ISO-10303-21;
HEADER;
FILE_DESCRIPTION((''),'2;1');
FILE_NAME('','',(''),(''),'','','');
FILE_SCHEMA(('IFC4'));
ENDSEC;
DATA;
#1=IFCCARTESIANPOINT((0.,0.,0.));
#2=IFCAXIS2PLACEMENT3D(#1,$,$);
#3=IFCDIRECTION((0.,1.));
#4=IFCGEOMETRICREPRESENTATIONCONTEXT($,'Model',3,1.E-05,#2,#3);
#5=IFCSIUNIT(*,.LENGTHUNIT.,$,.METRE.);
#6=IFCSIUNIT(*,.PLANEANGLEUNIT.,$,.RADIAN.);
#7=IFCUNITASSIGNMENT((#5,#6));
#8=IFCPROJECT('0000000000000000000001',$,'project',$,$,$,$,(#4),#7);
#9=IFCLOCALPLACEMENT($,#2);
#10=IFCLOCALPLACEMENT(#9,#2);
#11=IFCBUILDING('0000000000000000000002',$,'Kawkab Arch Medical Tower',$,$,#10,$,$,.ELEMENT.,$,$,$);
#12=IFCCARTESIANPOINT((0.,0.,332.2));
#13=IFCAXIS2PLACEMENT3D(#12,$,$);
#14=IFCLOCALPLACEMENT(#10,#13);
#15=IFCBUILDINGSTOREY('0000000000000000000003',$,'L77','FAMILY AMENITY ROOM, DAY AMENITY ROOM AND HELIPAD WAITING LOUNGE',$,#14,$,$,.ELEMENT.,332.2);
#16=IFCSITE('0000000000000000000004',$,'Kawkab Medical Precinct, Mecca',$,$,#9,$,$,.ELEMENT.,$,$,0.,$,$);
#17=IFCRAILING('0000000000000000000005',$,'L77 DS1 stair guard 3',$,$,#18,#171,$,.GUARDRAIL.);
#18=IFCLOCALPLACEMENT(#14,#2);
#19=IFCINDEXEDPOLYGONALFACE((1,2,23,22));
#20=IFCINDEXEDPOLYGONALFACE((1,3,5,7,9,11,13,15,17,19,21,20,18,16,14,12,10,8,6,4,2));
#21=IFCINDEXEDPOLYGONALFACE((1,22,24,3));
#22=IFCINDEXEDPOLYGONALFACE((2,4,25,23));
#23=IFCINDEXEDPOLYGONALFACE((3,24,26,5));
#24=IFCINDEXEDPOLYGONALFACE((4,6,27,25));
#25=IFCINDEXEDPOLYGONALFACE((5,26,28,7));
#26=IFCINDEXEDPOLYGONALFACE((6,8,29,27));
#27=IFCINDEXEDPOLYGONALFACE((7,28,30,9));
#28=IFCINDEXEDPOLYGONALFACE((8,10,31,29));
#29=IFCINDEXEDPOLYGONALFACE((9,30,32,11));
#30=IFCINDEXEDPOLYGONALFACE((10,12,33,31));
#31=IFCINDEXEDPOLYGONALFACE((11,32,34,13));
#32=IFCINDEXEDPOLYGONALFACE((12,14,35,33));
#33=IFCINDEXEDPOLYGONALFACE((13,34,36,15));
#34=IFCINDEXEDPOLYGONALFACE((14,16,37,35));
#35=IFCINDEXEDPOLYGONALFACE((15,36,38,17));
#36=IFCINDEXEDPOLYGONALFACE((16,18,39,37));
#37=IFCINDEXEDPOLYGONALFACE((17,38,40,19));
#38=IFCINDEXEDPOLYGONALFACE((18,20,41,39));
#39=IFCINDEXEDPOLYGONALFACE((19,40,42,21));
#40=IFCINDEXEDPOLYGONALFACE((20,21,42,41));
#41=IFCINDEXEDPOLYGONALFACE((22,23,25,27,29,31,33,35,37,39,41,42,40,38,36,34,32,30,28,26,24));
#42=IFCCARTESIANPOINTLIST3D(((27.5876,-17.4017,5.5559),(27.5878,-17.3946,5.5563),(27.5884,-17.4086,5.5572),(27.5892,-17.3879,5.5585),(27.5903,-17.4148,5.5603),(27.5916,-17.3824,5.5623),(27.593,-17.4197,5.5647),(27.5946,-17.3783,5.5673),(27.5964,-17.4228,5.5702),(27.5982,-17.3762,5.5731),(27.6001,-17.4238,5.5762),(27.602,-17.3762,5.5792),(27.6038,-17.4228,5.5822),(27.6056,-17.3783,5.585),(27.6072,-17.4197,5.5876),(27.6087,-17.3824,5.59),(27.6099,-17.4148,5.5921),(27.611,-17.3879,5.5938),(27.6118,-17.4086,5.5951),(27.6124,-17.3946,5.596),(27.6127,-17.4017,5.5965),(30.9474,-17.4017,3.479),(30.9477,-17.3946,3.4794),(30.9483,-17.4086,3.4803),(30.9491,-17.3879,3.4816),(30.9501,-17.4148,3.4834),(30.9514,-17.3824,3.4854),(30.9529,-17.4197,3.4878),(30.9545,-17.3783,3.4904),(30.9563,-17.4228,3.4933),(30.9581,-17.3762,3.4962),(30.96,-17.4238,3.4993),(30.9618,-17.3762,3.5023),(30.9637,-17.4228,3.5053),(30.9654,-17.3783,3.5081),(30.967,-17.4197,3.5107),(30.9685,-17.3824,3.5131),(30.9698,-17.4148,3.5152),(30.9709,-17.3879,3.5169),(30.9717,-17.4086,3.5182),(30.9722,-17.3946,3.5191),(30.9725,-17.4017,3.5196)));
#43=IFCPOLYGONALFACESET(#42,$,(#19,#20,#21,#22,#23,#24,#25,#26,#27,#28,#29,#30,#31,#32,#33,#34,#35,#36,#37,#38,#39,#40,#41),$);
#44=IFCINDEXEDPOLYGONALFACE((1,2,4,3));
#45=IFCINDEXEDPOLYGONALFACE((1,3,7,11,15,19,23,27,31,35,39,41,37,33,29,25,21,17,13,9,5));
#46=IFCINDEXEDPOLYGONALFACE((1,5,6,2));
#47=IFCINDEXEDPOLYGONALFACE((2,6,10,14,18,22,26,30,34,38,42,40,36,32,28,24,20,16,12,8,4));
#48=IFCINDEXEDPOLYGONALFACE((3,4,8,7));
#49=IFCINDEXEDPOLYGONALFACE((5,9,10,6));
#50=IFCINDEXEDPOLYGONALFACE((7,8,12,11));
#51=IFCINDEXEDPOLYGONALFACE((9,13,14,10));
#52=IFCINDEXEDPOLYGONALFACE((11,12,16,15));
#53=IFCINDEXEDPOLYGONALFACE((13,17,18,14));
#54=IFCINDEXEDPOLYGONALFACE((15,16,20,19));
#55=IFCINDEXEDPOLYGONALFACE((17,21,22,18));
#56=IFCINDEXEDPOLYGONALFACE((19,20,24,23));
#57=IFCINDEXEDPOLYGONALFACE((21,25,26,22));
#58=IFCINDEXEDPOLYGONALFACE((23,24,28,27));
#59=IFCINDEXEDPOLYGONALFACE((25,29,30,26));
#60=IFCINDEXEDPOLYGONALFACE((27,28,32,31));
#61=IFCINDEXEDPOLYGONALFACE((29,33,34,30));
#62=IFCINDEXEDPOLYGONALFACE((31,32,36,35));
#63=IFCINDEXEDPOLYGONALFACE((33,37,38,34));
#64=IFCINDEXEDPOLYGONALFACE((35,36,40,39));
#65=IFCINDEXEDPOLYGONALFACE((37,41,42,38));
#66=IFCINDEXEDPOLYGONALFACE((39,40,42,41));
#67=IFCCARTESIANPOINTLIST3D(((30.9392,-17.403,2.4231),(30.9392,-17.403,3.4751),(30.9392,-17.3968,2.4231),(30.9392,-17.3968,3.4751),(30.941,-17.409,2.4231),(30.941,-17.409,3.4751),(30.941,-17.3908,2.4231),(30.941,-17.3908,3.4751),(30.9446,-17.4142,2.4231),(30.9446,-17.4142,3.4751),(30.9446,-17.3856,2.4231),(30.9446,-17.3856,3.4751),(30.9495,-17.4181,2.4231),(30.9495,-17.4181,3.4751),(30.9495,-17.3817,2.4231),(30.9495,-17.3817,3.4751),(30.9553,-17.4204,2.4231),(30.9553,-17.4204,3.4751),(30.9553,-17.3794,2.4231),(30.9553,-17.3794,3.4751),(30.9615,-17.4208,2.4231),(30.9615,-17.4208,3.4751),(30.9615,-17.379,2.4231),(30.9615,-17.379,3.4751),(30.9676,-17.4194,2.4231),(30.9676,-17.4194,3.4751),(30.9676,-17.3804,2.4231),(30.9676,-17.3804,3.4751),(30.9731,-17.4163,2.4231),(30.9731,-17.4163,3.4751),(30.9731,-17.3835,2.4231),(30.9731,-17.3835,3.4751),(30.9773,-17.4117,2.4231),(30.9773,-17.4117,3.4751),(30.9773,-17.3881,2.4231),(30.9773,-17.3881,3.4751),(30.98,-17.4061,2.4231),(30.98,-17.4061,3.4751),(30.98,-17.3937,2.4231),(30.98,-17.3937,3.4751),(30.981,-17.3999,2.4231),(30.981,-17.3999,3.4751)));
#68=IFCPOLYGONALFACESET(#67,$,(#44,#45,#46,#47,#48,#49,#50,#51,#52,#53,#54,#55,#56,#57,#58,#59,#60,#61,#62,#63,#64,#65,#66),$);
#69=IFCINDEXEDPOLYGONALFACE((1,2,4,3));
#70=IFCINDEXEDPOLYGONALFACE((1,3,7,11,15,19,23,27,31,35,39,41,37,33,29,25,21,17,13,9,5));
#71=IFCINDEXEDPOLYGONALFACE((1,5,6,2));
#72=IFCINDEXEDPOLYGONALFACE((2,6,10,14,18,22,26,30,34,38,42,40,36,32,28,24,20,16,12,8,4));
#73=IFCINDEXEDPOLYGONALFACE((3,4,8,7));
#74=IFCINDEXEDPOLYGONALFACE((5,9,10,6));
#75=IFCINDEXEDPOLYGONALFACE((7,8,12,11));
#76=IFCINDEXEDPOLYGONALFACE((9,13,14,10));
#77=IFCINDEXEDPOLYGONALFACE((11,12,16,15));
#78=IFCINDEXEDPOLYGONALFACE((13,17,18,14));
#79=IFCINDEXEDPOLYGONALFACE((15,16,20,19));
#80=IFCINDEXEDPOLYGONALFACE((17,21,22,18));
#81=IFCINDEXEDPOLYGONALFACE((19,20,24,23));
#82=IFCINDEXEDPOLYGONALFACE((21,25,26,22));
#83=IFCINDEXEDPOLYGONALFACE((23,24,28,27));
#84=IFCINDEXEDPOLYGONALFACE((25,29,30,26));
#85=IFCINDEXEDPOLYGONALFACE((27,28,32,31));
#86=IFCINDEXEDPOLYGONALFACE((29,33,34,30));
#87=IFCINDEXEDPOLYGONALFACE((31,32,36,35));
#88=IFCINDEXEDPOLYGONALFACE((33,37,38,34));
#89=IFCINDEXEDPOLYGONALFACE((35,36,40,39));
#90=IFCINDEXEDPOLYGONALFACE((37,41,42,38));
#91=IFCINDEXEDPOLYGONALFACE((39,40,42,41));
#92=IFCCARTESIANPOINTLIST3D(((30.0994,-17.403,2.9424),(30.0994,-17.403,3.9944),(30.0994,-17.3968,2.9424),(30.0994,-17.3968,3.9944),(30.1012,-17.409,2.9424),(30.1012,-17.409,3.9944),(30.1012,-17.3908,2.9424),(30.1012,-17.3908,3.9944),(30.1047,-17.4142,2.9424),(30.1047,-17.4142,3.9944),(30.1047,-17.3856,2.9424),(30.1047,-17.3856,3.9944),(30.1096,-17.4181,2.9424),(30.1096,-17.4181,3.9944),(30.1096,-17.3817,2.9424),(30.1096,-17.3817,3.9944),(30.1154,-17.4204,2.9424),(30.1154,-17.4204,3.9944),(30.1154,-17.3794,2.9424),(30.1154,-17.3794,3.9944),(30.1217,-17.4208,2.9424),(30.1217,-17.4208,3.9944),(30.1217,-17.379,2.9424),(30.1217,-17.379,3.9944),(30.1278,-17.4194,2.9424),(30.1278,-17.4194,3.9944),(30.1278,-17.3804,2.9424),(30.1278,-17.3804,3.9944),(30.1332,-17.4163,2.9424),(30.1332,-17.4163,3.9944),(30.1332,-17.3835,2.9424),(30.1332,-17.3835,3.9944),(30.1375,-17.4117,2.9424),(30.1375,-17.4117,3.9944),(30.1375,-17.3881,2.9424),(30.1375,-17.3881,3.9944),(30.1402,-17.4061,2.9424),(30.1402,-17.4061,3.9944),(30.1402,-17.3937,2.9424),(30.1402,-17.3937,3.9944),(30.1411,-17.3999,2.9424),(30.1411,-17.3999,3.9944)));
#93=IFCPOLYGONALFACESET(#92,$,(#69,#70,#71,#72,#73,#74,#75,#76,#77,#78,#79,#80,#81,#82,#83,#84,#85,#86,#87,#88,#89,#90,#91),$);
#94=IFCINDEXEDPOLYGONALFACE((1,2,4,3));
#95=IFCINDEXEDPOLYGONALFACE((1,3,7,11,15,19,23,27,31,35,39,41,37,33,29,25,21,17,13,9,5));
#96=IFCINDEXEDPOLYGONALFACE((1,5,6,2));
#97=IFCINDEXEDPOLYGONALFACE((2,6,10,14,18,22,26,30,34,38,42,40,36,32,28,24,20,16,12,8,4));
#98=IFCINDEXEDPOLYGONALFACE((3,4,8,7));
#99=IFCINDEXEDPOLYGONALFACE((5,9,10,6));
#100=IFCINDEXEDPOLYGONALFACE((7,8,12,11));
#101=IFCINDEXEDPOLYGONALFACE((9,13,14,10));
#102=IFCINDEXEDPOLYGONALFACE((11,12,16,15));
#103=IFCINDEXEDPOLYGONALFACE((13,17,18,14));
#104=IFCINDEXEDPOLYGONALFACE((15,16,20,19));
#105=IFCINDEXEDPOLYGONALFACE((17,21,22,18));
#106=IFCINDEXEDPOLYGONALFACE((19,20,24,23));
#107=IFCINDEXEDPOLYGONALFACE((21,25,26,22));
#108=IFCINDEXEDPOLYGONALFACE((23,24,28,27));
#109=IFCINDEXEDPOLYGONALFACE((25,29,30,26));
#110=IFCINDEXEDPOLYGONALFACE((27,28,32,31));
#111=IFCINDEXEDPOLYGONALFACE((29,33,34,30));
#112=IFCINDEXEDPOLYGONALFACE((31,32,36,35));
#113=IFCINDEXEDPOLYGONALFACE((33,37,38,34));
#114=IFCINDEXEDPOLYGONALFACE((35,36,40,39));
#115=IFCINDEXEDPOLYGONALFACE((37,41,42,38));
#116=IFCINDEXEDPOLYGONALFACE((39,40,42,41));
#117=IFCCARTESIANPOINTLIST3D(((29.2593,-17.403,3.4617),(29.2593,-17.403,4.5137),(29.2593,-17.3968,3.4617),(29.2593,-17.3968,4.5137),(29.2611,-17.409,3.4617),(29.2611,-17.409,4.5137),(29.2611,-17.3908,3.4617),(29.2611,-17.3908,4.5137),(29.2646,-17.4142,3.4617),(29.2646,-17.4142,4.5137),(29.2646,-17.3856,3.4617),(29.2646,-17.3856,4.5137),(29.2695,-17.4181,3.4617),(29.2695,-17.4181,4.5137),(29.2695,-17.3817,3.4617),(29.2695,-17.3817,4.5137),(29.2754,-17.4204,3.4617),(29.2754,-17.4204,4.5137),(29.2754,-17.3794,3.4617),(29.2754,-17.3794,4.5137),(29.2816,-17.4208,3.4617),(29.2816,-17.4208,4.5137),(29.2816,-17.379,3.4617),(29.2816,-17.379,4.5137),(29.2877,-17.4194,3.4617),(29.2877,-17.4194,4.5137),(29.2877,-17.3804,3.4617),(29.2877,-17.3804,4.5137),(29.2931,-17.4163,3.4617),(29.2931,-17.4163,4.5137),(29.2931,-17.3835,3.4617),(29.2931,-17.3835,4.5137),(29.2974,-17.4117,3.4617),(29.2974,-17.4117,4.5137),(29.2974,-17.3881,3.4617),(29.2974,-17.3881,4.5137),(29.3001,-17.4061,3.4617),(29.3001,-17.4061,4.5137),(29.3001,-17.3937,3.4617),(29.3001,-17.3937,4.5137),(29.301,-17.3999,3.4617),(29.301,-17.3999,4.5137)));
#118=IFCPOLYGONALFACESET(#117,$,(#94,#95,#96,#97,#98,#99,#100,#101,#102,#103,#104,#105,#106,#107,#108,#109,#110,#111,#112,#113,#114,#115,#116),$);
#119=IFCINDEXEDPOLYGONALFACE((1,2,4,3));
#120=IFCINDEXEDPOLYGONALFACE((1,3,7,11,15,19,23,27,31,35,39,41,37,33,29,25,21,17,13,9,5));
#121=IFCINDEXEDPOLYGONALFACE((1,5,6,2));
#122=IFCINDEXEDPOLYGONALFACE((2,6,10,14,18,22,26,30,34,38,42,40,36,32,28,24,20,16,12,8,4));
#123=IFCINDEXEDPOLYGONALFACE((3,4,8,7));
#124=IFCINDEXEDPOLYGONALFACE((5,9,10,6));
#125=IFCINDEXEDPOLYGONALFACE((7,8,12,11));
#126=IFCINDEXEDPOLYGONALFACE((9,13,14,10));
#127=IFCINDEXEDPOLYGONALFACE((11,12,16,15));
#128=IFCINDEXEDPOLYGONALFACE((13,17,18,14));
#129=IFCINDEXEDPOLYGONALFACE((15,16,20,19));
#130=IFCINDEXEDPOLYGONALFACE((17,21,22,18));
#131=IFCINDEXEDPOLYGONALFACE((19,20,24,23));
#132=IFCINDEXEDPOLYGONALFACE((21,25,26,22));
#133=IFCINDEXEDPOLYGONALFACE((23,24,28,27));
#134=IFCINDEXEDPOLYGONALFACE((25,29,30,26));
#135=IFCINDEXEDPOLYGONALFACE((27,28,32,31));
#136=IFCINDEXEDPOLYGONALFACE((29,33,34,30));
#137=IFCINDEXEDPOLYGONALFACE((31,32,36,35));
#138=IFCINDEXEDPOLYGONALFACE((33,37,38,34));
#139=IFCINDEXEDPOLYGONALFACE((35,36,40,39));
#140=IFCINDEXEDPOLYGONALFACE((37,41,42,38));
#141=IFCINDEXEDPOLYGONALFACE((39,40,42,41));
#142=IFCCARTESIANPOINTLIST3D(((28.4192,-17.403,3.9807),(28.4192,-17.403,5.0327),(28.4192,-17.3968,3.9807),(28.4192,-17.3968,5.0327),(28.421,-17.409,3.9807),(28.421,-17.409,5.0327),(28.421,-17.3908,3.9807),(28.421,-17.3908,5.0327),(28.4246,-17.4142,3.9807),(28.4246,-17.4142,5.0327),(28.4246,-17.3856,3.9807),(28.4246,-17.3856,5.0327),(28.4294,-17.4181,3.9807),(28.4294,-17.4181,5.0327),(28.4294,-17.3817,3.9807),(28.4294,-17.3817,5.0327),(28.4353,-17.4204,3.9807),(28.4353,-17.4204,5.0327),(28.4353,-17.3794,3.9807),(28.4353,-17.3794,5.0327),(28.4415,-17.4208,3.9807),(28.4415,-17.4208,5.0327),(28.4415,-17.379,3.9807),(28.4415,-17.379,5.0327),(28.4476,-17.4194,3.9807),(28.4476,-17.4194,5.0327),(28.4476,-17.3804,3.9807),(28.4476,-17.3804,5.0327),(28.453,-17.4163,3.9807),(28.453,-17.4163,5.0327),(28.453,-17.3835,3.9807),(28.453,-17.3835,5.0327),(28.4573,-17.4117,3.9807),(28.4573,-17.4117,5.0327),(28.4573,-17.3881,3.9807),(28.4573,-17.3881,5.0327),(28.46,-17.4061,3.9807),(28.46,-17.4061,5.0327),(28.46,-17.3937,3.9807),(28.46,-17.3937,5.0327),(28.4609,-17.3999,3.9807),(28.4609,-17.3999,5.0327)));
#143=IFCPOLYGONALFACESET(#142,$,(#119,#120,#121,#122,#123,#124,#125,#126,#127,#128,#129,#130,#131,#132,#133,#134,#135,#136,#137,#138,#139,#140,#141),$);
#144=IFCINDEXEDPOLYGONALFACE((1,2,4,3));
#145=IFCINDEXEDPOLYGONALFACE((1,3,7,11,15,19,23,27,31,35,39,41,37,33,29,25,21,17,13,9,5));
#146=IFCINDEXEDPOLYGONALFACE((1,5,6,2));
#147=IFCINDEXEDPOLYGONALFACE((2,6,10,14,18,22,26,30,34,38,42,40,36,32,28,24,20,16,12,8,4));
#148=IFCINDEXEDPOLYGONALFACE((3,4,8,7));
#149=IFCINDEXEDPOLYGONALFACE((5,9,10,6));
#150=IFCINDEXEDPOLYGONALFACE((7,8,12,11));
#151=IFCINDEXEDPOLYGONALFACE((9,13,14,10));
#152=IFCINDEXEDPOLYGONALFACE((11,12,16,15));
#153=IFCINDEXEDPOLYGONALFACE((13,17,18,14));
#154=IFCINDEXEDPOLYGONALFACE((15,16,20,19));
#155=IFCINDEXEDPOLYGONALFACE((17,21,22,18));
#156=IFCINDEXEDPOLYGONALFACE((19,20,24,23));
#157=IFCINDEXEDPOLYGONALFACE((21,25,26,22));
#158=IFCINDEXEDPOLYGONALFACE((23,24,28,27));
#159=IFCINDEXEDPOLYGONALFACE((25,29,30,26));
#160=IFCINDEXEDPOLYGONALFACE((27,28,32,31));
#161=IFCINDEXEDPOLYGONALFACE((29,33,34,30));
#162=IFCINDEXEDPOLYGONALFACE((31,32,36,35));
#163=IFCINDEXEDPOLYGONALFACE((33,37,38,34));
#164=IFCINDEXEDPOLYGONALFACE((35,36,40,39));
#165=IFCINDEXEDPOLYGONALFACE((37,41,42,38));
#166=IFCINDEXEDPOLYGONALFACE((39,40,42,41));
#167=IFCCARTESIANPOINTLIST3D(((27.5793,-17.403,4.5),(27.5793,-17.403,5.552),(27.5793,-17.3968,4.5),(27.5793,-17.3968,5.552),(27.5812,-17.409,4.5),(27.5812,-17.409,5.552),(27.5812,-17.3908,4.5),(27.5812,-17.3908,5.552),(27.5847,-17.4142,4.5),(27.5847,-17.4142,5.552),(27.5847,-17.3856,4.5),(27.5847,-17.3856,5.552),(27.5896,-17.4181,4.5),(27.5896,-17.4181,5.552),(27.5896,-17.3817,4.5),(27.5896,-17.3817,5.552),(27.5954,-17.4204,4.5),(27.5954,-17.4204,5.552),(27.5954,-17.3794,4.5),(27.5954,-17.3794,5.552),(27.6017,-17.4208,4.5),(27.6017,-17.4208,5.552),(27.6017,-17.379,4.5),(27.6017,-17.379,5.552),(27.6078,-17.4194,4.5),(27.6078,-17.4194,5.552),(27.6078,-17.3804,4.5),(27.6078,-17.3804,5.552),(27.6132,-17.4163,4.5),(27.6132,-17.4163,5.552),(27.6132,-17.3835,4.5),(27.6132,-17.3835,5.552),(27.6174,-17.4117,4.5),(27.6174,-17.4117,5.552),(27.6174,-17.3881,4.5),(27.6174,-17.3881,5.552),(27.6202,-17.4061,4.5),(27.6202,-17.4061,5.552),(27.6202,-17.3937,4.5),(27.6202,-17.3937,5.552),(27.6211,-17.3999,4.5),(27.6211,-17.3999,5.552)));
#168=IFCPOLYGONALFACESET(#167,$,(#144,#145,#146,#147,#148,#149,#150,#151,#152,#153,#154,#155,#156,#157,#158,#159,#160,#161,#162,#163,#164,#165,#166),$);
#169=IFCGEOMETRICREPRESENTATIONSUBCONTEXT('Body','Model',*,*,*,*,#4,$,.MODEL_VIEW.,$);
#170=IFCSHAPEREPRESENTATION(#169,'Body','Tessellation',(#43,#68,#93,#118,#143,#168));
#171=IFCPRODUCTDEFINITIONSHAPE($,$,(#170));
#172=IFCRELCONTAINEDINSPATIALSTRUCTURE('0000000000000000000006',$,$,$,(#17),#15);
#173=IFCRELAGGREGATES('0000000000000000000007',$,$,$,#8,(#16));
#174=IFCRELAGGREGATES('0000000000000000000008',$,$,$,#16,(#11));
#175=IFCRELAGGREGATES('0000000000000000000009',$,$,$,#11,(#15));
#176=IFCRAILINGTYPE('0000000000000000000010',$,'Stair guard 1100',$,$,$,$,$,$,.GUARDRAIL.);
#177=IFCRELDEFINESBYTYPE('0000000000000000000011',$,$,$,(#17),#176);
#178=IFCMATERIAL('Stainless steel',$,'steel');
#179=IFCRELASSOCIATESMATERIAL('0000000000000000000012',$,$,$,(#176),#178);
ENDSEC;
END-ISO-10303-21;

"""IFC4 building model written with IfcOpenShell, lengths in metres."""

from ifc_helpers import new_model, si_unit, direction, frame, origin, origin_2d, place, context, subcontext, project, spatial, circle, extrude, material, type_object, element, save


model = new_model("IFC4")

# Units and contexts
model_context = context("Model", 3, precision=1e-05, world=origin(), true_north=direction((0.0, 1.0)))
body_context = subcontext(model_context, "Body", "Model", "MODEL_VIEW")
ifc_project = project(units=[si_unit("LENGTHUNIT", "METRE"), si_unit("PLANEANGLEUNIT", "RADIAN")], contexts=[model_context])

# Site, building, storey
site_placement = place(None, origin())
site = spatial("IfcSite", under=ifc_project, at=site_placement, Name="Kawkab Medical Precinct, Mecca", CompositionType="ELEMENT", RefElevation=0.0)
building_placement = place(site_placement, origin())
building = spatial("IfcBuilding", under=site, at=building_placement, Name="Kawkab Arch Medical Tower", CompositionType="ELEMENT")
storey_placement = place(building_placement, frame((0.0, 0.0, 332.2)))
storey = spatial("IfcBuildingStorey", under=building, at=storey_placement, Name="L77", Description="FAMILY AMENITY ROOM, DAY AMENITY ROOM AND HELIPAD WAITING LOUNGE", CompositionType="ELEMENT", Elevation=332.2)

# Railing
ifc_material_1 = material(Name="Stainless steel", Category="steel")
railing_type = type_object("IfcRailingType", Name="Stair guard 1100", PredefinedType="GUARDRAIL", material=ifc_material_1)
railing_1_placement = place(storey_placement, frame((30.96, -17.3999, 2.4231)))
element("IfcRailing", 1, at=railing_1_placement, inside=storey, type_object=railing_type, Name="L77 DS1 stair guard 3", PredefinedType="GUARDRAIL", context=body_context, shape_type="SweptSolid", body=[
    extrude(circle(Radius=0.0239, at=origin_2d()), frame((0.0, 0.0, 1.0762), z_axis=(-0.850606, 0.0, 0.525803), x_axis=(0.0, -1.0, 0.0)), (0.0, 0.0, 1.0), 3.95),
    extrude(circle(Radius=0.021, at=origin_2d()), origin(), (0.0, 0.0, 1.0), 1.052),
    extrude(circle(Radius=0.021, at=origin_2d()), frame((-0.8398, 0.0, 0.5193)), (0.0, 0.0, 1.0), 1.052),
    extrude(circle(Radius=0.021, at=origin_2d()), frame((-1.6799, 0.0, 1.0386)), (0.0, 0.0, 1.0), 1.052),
    extrude(circle(Radius=0.021, at=origin_2d()), frame((-2.52, 0.0, 1.5576)), (0.0, 0.0, 1.0), 1.052),
    extrude(circle(Radius=0.021, at=origin_2d()), frame((-3.3599, 0.0, 2.0769)), (0.0, 0.0, 1.0), 1.052),
])

save(model, "model.ifc")
